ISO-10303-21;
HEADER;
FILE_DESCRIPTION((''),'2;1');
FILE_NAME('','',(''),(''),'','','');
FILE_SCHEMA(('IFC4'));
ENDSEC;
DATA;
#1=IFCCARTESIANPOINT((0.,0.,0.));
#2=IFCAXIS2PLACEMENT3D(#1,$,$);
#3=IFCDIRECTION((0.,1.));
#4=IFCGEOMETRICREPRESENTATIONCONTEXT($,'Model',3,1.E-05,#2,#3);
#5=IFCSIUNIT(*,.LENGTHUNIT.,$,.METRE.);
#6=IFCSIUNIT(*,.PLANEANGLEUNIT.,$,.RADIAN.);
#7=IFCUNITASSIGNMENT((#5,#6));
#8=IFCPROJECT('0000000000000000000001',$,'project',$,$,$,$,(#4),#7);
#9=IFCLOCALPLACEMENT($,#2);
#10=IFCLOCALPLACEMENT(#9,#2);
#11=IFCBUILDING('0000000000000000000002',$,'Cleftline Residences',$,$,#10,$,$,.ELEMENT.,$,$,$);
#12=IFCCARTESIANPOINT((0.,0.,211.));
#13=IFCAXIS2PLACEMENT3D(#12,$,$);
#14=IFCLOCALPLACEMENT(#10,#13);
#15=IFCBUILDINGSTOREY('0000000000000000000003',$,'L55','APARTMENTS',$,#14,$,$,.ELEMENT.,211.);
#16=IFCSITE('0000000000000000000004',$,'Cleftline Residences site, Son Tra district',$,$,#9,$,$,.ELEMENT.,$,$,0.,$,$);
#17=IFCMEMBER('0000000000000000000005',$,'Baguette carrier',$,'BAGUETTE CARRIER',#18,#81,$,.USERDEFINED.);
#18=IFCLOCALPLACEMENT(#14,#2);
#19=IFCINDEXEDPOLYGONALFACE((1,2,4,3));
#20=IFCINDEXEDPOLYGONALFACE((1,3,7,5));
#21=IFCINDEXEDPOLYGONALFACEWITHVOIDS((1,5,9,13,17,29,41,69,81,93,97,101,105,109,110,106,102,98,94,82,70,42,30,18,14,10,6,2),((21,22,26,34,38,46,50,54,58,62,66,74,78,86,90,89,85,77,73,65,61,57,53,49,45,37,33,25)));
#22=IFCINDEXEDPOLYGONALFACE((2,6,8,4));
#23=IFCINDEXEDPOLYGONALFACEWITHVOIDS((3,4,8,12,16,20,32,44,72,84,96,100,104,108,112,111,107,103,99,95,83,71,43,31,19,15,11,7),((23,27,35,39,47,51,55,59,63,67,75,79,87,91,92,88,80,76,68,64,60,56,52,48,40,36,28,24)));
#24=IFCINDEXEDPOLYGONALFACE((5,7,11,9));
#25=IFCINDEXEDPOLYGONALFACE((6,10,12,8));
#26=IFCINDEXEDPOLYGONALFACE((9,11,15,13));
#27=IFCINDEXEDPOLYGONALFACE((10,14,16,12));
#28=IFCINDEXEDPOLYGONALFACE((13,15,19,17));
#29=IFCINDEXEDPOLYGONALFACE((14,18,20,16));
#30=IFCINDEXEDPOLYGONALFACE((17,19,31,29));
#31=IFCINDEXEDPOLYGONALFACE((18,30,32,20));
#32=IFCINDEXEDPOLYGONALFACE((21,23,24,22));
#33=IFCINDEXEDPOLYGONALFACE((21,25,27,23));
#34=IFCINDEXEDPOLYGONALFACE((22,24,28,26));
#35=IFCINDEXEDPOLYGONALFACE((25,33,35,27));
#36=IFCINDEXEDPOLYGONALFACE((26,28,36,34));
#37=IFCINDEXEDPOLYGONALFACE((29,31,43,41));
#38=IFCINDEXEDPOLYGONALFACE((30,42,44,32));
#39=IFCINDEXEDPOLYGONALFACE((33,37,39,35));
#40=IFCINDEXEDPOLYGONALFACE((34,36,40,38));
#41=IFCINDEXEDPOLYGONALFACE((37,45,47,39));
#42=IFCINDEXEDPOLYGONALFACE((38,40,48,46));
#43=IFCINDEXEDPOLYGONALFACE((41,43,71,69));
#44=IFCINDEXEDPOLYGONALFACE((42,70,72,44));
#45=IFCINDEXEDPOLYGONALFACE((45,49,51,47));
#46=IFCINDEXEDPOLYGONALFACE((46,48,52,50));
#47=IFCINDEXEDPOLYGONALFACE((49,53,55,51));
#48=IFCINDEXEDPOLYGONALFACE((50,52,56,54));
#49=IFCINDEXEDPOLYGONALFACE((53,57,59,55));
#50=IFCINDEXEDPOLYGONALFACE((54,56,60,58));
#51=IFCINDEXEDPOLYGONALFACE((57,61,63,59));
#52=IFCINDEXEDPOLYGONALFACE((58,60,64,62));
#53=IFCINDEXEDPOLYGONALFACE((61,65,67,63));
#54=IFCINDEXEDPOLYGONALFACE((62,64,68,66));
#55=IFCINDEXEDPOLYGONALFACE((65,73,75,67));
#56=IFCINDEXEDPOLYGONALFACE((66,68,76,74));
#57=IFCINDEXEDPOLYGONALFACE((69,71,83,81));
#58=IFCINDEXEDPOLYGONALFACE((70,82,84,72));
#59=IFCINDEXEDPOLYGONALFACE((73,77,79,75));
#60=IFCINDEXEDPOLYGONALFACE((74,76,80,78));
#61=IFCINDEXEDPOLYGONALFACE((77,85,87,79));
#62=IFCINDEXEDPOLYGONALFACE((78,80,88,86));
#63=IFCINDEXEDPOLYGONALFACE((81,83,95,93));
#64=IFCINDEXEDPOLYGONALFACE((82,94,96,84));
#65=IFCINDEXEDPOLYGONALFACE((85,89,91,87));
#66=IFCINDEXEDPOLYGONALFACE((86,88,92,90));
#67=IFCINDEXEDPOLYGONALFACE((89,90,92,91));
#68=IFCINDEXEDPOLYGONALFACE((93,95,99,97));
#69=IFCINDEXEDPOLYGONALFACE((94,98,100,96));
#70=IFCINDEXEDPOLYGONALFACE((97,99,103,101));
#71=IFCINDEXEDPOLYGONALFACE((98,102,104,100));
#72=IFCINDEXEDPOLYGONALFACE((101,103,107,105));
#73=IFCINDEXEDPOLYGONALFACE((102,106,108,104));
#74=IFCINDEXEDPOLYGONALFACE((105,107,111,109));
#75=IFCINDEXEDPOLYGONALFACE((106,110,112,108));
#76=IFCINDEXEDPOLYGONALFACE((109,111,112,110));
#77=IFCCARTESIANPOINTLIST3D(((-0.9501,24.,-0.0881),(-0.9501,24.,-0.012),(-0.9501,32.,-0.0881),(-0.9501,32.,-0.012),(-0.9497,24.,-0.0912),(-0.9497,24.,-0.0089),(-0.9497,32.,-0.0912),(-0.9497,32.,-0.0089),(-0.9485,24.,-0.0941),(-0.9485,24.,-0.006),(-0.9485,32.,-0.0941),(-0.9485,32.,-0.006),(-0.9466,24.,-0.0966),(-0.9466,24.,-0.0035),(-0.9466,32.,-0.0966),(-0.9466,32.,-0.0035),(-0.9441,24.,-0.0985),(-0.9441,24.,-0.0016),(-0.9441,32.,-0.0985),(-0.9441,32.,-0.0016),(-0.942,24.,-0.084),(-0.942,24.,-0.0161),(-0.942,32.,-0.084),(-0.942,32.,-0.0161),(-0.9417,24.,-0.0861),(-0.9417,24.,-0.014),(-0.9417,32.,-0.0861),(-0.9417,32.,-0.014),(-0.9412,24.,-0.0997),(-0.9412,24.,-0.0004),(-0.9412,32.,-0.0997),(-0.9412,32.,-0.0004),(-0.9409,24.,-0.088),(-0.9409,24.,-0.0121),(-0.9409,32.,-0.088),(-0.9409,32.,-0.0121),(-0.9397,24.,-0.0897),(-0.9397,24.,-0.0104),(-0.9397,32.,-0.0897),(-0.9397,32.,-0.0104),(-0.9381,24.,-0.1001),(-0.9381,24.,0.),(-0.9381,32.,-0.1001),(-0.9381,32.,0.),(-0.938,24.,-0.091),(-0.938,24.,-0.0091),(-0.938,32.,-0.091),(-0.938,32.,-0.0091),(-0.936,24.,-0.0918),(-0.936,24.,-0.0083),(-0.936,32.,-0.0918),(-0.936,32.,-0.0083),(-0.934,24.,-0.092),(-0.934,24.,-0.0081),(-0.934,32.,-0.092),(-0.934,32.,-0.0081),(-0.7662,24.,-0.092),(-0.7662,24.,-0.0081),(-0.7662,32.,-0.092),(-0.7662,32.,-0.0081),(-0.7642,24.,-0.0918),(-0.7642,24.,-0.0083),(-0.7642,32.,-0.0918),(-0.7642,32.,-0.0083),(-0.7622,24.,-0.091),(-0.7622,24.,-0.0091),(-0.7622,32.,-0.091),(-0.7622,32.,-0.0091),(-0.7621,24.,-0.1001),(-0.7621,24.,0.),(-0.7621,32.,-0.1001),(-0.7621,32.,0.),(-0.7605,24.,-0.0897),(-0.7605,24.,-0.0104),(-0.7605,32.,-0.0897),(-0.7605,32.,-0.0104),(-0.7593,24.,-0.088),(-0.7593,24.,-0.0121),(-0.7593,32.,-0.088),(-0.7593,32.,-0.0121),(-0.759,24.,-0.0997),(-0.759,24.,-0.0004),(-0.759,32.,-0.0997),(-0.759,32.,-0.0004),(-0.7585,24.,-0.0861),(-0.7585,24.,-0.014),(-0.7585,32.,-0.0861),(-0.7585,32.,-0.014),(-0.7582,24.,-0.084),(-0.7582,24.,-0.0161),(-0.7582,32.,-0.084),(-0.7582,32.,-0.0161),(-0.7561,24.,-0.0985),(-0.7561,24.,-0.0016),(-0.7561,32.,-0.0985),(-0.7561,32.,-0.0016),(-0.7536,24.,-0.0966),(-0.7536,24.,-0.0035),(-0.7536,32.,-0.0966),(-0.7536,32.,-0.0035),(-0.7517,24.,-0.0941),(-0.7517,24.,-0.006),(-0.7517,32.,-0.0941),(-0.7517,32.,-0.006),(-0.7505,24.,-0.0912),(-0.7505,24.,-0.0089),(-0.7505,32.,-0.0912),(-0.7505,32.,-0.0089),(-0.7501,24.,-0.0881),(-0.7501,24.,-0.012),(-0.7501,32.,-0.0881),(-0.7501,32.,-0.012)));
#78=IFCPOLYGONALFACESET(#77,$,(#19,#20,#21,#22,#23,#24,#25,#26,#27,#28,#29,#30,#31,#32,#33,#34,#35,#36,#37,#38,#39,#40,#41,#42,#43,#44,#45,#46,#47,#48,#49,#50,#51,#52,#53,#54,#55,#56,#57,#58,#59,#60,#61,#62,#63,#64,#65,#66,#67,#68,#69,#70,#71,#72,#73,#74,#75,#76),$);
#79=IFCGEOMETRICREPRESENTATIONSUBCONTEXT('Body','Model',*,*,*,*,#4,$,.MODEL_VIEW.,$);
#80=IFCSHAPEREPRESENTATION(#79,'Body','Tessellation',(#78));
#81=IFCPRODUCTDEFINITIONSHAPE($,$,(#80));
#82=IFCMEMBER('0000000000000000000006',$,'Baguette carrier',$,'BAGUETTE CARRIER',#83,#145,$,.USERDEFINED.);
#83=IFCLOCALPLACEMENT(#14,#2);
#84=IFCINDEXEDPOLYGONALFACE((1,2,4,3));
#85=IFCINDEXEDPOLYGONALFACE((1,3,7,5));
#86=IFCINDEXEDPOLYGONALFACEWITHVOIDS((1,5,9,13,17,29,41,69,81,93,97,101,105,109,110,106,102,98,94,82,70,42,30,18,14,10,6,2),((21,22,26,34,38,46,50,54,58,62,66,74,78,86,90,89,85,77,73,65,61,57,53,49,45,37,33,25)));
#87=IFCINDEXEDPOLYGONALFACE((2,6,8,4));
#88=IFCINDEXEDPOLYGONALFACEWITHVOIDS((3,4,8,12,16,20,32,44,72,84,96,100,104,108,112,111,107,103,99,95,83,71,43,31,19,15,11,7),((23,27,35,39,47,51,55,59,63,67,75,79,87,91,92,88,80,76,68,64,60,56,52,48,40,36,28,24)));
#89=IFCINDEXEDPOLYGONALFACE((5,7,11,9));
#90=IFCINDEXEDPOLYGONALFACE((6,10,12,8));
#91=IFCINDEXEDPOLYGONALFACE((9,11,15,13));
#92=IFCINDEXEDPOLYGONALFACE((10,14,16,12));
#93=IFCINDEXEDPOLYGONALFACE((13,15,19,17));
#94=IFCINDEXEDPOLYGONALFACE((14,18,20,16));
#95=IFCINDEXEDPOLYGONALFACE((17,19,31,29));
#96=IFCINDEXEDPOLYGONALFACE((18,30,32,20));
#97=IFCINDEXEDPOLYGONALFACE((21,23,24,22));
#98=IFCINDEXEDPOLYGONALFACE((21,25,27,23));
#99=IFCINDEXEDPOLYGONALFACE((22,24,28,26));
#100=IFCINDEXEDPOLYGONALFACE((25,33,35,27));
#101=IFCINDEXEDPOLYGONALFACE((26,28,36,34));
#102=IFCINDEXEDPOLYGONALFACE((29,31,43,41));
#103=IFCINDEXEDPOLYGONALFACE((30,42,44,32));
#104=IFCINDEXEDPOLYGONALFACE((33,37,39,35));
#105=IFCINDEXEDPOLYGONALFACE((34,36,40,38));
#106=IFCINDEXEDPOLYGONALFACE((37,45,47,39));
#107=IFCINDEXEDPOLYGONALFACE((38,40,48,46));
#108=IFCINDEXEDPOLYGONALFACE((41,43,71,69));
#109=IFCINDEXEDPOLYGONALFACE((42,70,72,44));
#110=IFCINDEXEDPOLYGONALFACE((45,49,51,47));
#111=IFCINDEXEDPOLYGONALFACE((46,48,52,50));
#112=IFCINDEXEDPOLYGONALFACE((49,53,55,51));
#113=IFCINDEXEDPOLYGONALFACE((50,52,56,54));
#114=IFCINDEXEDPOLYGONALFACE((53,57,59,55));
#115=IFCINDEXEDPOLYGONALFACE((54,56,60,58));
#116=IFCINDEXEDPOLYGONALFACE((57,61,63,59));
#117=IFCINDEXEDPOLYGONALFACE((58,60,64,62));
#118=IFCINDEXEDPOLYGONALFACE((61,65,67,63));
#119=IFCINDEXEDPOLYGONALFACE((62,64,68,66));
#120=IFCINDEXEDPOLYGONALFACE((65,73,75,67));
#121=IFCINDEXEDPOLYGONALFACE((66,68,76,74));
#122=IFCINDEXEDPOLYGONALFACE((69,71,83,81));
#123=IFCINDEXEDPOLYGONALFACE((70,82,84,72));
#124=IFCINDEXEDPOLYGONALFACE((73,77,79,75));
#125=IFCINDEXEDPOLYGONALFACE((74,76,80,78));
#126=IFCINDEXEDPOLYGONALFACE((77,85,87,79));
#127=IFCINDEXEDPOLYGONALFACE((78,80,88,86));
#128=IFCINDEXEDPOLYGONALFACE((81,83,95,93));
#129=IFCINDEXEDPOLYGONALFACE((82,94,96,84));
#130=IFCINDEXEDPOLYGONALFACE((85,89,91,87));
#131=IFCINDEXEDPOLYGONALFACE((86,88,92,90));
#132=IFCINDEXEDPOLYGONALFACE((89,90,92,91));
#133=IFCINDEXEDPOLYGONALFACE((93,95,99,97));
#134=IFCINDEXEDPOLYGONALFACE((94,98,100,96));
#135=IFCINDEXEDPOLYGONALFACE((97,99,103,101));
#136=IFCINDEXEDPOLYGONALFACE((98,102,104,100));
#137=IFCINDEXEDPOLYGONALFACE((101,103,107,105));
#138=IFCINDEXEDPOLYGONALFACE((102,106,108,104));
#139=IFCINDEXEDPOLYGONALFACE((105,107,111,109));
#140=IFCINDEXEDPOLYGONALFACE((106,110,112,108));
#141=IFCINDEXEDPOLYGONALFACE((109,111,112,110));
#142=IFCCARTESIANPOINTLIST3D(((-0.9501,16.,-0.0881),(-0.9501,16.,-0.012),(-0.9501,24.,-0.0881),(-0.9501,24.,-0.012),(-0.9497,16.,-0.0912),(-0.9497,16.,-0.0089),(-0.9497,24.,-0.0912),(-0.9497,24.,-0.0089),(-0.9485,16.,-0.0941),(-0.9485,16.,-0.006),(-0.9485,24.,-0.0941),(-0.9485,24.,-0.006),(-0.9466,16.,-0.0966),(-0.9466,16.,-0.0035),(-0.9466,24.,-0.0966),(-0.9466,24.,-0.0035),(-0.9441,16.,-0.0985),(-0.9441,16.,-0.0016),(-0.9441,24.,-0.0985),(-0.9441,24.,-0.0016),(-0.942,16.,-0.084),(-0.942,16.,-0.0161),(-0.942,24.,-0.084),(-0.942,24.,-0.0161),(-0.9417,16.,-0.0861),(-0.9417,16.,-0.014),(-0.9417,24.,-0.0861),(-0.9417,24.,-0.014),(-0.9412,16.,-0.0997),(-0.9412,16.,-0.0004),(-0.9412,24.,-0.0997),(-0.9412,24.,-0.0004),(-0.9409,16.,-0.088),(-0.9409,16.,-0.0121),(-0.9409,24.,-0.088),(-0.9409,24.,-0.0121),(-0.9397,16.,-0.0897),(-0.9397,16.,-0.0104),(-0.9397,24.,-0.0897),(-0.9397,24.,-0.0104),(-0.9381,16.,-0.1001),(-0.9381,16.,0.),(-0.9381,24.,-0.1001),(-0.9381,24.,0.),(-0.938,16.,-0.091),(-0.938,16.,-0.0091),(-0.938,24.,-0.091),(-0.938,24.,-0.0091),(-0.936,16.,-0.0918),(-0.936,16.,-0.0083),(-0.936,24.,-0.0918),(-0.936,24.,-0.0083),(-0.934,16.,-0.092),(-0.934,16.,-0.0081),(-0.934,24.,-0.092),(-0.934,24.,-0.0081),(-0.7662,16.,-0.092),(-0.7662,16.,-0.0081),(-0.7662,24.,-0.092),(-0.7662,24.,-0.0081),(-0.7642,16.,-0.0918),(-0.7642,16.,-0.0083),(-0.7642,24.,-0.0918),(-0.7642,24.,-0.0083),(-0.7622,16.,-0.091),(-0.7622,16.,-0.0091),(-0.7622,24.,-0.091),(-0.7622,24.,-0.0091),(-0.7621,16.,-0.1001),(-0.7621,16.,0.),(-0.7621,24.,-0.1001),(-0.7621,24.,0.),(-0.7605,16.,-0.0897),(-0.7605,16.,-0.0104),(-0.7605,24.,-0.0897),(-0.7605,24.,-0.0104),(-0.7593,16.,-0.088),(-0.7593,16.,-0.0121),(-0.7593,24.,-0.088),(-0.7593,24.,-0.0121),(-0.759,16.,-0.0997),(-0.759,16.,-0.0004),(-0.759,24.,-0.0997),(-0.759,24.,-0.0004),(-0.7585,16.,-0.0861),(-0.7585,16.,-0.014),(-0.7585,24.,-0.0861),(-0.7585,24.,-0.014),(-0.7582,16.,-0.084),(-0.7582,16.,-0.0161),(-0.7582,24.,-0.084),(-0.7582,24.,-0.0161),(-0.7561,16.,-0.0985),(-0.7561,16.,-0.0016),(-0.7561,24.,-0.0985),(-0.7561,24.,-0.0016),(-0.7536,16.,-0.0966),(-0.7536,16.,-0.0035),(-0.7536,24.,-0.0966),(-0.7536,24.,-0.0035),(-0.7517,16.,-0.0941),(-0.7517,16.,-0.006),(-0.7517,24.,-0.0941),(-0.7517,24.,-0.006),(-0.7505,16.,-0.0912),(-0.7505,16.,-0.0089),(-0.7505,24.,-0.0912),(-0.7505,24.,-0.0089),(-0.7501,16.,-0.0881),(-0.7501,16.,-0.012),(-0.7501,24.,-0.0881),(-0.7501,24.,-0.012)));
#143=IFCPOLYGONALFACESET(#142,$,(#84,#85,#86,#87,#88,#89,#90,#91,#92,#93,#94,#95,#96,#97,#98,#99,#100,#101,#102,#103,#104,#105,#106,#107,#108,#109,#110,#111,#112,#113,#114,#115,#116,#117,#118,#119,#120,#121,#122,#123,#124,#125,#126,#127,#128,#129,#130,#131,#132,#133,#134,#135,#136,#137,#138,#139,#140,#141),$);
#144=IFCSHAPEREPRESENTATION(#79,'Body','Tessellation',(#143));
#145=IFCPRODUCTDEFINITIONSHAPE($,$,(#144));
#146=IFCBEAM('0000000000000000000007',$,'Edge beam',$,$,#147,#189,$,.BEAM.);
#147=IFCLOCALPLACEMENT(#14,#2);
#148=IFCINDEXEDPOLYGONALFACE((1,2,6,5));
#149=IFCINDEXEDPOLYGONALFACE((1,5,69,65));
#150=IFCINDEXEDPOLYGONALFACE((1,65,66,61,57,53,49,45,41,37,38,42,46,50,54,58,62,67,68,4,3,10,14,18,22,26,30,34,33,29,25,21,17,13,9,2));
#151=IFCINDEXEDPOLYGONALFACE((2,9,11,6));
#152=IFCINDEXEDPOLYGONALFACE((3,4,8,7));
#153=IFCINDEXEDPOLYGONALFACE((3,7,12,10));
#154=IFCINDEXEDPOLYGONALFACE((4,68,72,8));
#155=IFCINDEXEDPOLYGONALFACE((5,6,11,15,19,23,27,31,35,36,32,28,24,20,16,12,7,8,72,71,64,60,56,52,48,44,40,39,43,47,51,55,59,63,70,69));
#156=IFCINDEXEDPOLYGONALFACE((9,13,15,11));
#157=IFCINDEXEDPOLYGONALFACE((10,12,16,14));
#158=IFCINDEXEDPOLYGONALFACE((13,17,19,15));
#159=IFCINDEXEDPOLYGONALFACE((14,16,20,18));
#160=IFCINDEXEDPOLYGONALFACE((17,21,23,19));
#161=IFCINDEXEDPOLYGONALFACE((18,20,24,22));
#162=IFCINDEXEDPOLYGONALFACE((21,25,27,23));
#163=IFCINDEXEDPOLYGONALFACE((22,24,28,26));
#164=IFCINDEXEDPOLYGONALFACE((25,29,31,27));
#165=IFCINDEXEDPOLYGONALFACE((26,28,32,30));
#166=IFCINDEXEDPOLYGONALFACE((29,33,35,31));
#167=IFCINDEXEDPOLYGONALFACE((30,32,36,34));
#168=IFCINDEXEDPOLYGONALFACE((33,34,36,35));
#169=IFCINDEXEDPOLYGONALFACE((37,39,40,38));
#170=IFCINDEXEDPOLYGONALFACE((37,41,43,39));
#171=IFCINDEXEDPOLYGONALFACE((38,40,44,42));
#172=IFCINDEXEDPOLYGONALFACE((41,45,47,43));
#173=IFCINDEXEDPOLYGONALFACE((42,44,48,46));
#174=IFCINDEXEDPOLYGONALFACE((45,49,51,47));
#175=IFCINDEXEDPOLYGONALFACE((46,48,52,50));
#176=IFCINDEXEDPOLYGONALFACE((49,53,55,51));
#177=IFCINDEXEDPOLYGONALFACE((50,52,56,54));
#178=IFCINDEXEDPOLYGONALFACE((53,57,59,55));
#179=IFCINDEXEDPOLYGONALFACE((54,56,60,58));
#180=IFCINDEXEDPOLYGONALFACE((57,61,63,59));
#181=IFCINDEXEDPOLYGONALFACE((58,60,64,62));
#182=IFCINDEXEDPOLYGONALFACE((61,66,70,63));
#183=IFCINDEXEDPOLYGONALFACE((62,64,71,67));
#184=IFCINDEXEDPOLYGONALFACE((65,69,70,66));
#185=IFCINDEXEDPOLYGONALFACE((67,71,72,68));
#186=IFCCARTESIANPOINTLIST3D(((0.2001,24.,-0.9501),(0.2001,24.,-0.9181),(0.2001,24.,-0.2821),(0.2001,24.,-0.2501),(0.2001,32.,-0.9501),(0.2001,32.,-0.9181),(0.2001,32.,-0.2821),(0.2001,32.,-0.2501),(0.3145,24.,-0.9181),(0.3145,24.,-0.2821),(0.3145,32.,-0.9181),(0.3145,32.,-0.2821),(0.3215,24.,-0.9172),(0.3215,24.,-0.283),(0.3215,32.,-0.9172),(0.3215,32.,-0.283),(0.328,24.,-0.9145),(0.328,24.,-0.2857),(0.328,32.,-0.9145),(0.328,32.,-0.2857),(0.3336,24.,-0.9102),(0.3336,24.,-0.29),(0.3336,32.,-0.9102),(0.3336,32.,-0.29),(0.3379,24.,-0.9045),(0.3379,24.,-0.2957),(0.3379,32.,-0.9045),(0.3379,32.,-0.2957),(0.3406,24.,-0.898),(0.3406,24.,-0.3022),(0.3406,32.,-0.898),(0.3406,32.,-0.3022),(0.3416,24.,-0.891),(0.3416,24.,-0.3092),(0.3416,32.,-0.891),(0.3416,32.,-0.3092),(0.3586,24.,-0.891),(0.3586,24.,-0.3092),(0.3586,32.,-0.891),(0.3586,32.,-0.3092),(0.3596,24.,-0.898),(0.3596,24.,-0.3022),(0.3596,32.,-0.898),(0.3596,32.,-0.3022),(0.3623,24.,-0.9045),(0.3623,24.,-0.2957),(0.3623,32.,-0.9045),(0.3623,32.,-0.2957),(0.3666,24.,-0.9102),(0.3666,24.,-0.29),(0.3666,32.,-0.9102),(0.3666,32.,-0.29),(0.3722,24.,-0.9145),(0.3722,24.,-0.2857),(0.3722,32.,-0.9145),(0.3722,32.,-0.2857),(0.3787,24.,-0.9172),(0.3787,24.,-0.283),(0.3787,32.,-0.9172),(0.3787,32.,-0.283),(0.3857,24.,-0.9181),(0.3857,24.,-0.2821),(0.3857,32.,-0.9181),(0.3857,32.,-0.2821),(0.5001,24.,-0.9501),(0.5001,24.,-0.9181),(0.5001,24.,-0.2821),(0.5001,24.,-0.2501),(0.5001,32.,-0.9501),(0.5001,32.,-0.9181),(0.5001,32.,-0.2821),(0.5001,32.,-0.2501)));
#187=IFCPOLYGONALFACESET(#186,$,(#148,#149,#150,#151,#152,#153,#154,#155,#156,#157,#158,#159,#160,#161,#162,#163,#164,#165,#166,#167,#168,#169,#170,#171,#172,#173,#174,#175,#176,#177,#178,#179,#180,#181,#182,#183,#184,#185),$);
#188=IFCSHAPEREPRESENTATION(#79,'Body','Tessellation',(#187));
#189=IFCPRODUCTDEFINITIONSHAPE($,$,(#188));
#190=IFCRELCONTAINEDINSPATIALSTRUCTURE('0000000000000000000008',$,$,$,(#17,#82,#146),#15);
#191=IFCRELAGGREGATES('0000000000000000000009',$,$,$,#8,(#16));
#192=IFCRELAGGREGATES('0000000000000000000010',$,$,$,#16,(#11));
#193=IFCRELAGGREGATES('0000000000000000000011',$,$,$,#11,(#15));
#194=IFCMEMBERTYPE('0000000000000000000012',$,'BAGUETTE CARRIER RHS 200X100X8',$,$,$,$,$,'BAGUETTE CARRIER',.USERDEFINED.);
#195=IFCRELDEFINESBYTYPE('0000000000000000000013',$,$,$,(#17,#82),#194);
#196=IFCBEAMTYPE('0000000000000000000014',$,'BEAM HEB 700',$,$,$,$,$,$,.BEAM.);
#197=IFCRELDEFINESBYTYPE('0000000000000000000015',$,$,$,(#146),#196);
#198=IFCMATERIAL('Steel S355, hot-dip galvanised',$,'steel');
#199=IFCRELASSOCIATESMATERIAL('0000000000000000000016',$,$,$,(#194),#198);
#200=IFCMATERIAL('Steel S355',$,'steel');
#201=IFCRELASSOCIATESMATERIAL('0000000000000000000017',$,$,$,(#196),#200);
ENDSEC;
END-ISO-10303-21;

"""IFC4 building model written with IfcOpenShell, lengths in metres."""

from ifc_helpers import new_model, si_unit, direction, frame, origin, origin_2d, place, context, subcontext, project, spatial, hollow_rectangle, i_section, extrude, material, material_profile, profile_set, type_object, element, save


model = new_model("IFC4")

# Units and contexts
model_context = context("Model", 3, precision=1e-05, world=origin(), true_north=direction((0.0, 1.0)))
body_context = subcontext(model_context, "Body", "Model", "MODEL_VIEW")
ifc_project = project(units=[si_unit("LENGTHUNIT", "METRE"), si_unit("PLANEANGLEUNIT", "RADIAN")], contexts=[model_context])

# Site, building, storey
site_placement = place(None, origin())
site = spatial("IfcSite", under=ifc_project, at=site_placement, Name="Cleftline Residences site, Son Tra district", CompositionType="ELEMENT", RefElevation=0.0)
building_placement = place(site_placement, origin())
building = spatial("IfcBuilding", under=site, at=building_placement, Name="Cleftline Residences", CompositionType="ELEMENT")
storey_placement = place(building_placement, frame((0.0, 0.0, 211.0)))
storey = spatial("IfcBuildingStorey", under=building, at=storey_placement, Name="L55", Description="APARTMENTS", CompositionType="ELEMENT", Elevation=211.0)

# Members
ifc_material_1 = material(Name="Steel S355, hot-dip galvanised", Category="steel")
ifc_material_profile_1 = material_profile(ifc_material_1, hollow_rectangle(XDim=0.1001, YDim=0.2, WallThickness=0.0081, InnerFilletRadius=0.0081, OuterFilletRadius=0.012, at=origin_2d()))
ifc_profile_set_1 = profile_set([ifc_material_profile_1], Name="Steel S355, hot-dip galvanised")
member_type_1 = type_object("IfcMemberType", Name="BAGUETTE CARRIER RHS 200X100X8", ElementType="BAGUETTE CARRIER", PredefinedType="USERDEFINED", material=ifc_profile_set_1)
for number, where, z_axis, x_axis, name in (
    (1, (-0.8501, 32.0, -0.05), (0.0, -1.0, 0.0), (0.0, 0.0, 1.0), "Baguette carrier"),
    (2, (-0.8501, 24.0, -0.05), (0.0, -1.0, 0.0), (0.0, 0.0, 1.0), "Baguette carrier"),
):
    element("IfcMember", number, at=place(storey_placement, frame(where, z_axis=z_axis, x_axis=x_axis)), inside=storey, type_object=member_type_1, Name=name, ObjectType="BAGUETTE CARRIER", PredefinedType="USERDEFINED", context=body_context, shape_type="SweptSolid", body=[
        extrude(hollow_rectangle(XDim=0.1001, YDim=0.2, WallThickness=0.0081, InnerFilletRadius=0.0081, OuterFilletRadius=0.012, at=origin_2d()), origin(), (0.0, 0.0, 1.0), 8.0),
    ])

# Beam
ifc_material_2 = material(Name="Steel S355", Category="steel")
ifc_material_profile_2 = material_profile(ifc_material_2, i_section(OverallWidth=0.3, OverallDepth=0.7, WebThickness=0.0171, FlangeThickness=0.032, FilletRadius=0.0271, at=origin_2d()))
ifc_profile_set_2 = profile_set([ifc_material_profile_2], Name="Steel S355")
beam_type = type_object("IfcBeamType", Name="BEAM HEB 700", PredefinedType="BEAM", material=ifc_profile_set_2)
for number, where, z_axis, x_axis, name in (
    (3, (0.3501, 24.0, -0.6001), (0.0, 1.0, 0.0), (-1.0, 0.0, 0.0), "Edge beam"),
):
    element("IfcBeam", number, at=place(storey_placement, frame(where, z_axis=z_axis, x_axis=x_axis)), inside=storey, type_object=beam_type, Name=name, PredefinedType="BEAM", context=body_context, shape_type="SweptSolid", body=[
        extrude(i_section(OverallWidth=0.3, OverallDepth=0.7, WebThickness=0.0171, FlangeThickness=0.032, FilletRadius=0.0271, at=origin_2d()), origin(), (0.0, 0.0, 1.0), 8.0),
    ])

save(model, "model.ifc")
